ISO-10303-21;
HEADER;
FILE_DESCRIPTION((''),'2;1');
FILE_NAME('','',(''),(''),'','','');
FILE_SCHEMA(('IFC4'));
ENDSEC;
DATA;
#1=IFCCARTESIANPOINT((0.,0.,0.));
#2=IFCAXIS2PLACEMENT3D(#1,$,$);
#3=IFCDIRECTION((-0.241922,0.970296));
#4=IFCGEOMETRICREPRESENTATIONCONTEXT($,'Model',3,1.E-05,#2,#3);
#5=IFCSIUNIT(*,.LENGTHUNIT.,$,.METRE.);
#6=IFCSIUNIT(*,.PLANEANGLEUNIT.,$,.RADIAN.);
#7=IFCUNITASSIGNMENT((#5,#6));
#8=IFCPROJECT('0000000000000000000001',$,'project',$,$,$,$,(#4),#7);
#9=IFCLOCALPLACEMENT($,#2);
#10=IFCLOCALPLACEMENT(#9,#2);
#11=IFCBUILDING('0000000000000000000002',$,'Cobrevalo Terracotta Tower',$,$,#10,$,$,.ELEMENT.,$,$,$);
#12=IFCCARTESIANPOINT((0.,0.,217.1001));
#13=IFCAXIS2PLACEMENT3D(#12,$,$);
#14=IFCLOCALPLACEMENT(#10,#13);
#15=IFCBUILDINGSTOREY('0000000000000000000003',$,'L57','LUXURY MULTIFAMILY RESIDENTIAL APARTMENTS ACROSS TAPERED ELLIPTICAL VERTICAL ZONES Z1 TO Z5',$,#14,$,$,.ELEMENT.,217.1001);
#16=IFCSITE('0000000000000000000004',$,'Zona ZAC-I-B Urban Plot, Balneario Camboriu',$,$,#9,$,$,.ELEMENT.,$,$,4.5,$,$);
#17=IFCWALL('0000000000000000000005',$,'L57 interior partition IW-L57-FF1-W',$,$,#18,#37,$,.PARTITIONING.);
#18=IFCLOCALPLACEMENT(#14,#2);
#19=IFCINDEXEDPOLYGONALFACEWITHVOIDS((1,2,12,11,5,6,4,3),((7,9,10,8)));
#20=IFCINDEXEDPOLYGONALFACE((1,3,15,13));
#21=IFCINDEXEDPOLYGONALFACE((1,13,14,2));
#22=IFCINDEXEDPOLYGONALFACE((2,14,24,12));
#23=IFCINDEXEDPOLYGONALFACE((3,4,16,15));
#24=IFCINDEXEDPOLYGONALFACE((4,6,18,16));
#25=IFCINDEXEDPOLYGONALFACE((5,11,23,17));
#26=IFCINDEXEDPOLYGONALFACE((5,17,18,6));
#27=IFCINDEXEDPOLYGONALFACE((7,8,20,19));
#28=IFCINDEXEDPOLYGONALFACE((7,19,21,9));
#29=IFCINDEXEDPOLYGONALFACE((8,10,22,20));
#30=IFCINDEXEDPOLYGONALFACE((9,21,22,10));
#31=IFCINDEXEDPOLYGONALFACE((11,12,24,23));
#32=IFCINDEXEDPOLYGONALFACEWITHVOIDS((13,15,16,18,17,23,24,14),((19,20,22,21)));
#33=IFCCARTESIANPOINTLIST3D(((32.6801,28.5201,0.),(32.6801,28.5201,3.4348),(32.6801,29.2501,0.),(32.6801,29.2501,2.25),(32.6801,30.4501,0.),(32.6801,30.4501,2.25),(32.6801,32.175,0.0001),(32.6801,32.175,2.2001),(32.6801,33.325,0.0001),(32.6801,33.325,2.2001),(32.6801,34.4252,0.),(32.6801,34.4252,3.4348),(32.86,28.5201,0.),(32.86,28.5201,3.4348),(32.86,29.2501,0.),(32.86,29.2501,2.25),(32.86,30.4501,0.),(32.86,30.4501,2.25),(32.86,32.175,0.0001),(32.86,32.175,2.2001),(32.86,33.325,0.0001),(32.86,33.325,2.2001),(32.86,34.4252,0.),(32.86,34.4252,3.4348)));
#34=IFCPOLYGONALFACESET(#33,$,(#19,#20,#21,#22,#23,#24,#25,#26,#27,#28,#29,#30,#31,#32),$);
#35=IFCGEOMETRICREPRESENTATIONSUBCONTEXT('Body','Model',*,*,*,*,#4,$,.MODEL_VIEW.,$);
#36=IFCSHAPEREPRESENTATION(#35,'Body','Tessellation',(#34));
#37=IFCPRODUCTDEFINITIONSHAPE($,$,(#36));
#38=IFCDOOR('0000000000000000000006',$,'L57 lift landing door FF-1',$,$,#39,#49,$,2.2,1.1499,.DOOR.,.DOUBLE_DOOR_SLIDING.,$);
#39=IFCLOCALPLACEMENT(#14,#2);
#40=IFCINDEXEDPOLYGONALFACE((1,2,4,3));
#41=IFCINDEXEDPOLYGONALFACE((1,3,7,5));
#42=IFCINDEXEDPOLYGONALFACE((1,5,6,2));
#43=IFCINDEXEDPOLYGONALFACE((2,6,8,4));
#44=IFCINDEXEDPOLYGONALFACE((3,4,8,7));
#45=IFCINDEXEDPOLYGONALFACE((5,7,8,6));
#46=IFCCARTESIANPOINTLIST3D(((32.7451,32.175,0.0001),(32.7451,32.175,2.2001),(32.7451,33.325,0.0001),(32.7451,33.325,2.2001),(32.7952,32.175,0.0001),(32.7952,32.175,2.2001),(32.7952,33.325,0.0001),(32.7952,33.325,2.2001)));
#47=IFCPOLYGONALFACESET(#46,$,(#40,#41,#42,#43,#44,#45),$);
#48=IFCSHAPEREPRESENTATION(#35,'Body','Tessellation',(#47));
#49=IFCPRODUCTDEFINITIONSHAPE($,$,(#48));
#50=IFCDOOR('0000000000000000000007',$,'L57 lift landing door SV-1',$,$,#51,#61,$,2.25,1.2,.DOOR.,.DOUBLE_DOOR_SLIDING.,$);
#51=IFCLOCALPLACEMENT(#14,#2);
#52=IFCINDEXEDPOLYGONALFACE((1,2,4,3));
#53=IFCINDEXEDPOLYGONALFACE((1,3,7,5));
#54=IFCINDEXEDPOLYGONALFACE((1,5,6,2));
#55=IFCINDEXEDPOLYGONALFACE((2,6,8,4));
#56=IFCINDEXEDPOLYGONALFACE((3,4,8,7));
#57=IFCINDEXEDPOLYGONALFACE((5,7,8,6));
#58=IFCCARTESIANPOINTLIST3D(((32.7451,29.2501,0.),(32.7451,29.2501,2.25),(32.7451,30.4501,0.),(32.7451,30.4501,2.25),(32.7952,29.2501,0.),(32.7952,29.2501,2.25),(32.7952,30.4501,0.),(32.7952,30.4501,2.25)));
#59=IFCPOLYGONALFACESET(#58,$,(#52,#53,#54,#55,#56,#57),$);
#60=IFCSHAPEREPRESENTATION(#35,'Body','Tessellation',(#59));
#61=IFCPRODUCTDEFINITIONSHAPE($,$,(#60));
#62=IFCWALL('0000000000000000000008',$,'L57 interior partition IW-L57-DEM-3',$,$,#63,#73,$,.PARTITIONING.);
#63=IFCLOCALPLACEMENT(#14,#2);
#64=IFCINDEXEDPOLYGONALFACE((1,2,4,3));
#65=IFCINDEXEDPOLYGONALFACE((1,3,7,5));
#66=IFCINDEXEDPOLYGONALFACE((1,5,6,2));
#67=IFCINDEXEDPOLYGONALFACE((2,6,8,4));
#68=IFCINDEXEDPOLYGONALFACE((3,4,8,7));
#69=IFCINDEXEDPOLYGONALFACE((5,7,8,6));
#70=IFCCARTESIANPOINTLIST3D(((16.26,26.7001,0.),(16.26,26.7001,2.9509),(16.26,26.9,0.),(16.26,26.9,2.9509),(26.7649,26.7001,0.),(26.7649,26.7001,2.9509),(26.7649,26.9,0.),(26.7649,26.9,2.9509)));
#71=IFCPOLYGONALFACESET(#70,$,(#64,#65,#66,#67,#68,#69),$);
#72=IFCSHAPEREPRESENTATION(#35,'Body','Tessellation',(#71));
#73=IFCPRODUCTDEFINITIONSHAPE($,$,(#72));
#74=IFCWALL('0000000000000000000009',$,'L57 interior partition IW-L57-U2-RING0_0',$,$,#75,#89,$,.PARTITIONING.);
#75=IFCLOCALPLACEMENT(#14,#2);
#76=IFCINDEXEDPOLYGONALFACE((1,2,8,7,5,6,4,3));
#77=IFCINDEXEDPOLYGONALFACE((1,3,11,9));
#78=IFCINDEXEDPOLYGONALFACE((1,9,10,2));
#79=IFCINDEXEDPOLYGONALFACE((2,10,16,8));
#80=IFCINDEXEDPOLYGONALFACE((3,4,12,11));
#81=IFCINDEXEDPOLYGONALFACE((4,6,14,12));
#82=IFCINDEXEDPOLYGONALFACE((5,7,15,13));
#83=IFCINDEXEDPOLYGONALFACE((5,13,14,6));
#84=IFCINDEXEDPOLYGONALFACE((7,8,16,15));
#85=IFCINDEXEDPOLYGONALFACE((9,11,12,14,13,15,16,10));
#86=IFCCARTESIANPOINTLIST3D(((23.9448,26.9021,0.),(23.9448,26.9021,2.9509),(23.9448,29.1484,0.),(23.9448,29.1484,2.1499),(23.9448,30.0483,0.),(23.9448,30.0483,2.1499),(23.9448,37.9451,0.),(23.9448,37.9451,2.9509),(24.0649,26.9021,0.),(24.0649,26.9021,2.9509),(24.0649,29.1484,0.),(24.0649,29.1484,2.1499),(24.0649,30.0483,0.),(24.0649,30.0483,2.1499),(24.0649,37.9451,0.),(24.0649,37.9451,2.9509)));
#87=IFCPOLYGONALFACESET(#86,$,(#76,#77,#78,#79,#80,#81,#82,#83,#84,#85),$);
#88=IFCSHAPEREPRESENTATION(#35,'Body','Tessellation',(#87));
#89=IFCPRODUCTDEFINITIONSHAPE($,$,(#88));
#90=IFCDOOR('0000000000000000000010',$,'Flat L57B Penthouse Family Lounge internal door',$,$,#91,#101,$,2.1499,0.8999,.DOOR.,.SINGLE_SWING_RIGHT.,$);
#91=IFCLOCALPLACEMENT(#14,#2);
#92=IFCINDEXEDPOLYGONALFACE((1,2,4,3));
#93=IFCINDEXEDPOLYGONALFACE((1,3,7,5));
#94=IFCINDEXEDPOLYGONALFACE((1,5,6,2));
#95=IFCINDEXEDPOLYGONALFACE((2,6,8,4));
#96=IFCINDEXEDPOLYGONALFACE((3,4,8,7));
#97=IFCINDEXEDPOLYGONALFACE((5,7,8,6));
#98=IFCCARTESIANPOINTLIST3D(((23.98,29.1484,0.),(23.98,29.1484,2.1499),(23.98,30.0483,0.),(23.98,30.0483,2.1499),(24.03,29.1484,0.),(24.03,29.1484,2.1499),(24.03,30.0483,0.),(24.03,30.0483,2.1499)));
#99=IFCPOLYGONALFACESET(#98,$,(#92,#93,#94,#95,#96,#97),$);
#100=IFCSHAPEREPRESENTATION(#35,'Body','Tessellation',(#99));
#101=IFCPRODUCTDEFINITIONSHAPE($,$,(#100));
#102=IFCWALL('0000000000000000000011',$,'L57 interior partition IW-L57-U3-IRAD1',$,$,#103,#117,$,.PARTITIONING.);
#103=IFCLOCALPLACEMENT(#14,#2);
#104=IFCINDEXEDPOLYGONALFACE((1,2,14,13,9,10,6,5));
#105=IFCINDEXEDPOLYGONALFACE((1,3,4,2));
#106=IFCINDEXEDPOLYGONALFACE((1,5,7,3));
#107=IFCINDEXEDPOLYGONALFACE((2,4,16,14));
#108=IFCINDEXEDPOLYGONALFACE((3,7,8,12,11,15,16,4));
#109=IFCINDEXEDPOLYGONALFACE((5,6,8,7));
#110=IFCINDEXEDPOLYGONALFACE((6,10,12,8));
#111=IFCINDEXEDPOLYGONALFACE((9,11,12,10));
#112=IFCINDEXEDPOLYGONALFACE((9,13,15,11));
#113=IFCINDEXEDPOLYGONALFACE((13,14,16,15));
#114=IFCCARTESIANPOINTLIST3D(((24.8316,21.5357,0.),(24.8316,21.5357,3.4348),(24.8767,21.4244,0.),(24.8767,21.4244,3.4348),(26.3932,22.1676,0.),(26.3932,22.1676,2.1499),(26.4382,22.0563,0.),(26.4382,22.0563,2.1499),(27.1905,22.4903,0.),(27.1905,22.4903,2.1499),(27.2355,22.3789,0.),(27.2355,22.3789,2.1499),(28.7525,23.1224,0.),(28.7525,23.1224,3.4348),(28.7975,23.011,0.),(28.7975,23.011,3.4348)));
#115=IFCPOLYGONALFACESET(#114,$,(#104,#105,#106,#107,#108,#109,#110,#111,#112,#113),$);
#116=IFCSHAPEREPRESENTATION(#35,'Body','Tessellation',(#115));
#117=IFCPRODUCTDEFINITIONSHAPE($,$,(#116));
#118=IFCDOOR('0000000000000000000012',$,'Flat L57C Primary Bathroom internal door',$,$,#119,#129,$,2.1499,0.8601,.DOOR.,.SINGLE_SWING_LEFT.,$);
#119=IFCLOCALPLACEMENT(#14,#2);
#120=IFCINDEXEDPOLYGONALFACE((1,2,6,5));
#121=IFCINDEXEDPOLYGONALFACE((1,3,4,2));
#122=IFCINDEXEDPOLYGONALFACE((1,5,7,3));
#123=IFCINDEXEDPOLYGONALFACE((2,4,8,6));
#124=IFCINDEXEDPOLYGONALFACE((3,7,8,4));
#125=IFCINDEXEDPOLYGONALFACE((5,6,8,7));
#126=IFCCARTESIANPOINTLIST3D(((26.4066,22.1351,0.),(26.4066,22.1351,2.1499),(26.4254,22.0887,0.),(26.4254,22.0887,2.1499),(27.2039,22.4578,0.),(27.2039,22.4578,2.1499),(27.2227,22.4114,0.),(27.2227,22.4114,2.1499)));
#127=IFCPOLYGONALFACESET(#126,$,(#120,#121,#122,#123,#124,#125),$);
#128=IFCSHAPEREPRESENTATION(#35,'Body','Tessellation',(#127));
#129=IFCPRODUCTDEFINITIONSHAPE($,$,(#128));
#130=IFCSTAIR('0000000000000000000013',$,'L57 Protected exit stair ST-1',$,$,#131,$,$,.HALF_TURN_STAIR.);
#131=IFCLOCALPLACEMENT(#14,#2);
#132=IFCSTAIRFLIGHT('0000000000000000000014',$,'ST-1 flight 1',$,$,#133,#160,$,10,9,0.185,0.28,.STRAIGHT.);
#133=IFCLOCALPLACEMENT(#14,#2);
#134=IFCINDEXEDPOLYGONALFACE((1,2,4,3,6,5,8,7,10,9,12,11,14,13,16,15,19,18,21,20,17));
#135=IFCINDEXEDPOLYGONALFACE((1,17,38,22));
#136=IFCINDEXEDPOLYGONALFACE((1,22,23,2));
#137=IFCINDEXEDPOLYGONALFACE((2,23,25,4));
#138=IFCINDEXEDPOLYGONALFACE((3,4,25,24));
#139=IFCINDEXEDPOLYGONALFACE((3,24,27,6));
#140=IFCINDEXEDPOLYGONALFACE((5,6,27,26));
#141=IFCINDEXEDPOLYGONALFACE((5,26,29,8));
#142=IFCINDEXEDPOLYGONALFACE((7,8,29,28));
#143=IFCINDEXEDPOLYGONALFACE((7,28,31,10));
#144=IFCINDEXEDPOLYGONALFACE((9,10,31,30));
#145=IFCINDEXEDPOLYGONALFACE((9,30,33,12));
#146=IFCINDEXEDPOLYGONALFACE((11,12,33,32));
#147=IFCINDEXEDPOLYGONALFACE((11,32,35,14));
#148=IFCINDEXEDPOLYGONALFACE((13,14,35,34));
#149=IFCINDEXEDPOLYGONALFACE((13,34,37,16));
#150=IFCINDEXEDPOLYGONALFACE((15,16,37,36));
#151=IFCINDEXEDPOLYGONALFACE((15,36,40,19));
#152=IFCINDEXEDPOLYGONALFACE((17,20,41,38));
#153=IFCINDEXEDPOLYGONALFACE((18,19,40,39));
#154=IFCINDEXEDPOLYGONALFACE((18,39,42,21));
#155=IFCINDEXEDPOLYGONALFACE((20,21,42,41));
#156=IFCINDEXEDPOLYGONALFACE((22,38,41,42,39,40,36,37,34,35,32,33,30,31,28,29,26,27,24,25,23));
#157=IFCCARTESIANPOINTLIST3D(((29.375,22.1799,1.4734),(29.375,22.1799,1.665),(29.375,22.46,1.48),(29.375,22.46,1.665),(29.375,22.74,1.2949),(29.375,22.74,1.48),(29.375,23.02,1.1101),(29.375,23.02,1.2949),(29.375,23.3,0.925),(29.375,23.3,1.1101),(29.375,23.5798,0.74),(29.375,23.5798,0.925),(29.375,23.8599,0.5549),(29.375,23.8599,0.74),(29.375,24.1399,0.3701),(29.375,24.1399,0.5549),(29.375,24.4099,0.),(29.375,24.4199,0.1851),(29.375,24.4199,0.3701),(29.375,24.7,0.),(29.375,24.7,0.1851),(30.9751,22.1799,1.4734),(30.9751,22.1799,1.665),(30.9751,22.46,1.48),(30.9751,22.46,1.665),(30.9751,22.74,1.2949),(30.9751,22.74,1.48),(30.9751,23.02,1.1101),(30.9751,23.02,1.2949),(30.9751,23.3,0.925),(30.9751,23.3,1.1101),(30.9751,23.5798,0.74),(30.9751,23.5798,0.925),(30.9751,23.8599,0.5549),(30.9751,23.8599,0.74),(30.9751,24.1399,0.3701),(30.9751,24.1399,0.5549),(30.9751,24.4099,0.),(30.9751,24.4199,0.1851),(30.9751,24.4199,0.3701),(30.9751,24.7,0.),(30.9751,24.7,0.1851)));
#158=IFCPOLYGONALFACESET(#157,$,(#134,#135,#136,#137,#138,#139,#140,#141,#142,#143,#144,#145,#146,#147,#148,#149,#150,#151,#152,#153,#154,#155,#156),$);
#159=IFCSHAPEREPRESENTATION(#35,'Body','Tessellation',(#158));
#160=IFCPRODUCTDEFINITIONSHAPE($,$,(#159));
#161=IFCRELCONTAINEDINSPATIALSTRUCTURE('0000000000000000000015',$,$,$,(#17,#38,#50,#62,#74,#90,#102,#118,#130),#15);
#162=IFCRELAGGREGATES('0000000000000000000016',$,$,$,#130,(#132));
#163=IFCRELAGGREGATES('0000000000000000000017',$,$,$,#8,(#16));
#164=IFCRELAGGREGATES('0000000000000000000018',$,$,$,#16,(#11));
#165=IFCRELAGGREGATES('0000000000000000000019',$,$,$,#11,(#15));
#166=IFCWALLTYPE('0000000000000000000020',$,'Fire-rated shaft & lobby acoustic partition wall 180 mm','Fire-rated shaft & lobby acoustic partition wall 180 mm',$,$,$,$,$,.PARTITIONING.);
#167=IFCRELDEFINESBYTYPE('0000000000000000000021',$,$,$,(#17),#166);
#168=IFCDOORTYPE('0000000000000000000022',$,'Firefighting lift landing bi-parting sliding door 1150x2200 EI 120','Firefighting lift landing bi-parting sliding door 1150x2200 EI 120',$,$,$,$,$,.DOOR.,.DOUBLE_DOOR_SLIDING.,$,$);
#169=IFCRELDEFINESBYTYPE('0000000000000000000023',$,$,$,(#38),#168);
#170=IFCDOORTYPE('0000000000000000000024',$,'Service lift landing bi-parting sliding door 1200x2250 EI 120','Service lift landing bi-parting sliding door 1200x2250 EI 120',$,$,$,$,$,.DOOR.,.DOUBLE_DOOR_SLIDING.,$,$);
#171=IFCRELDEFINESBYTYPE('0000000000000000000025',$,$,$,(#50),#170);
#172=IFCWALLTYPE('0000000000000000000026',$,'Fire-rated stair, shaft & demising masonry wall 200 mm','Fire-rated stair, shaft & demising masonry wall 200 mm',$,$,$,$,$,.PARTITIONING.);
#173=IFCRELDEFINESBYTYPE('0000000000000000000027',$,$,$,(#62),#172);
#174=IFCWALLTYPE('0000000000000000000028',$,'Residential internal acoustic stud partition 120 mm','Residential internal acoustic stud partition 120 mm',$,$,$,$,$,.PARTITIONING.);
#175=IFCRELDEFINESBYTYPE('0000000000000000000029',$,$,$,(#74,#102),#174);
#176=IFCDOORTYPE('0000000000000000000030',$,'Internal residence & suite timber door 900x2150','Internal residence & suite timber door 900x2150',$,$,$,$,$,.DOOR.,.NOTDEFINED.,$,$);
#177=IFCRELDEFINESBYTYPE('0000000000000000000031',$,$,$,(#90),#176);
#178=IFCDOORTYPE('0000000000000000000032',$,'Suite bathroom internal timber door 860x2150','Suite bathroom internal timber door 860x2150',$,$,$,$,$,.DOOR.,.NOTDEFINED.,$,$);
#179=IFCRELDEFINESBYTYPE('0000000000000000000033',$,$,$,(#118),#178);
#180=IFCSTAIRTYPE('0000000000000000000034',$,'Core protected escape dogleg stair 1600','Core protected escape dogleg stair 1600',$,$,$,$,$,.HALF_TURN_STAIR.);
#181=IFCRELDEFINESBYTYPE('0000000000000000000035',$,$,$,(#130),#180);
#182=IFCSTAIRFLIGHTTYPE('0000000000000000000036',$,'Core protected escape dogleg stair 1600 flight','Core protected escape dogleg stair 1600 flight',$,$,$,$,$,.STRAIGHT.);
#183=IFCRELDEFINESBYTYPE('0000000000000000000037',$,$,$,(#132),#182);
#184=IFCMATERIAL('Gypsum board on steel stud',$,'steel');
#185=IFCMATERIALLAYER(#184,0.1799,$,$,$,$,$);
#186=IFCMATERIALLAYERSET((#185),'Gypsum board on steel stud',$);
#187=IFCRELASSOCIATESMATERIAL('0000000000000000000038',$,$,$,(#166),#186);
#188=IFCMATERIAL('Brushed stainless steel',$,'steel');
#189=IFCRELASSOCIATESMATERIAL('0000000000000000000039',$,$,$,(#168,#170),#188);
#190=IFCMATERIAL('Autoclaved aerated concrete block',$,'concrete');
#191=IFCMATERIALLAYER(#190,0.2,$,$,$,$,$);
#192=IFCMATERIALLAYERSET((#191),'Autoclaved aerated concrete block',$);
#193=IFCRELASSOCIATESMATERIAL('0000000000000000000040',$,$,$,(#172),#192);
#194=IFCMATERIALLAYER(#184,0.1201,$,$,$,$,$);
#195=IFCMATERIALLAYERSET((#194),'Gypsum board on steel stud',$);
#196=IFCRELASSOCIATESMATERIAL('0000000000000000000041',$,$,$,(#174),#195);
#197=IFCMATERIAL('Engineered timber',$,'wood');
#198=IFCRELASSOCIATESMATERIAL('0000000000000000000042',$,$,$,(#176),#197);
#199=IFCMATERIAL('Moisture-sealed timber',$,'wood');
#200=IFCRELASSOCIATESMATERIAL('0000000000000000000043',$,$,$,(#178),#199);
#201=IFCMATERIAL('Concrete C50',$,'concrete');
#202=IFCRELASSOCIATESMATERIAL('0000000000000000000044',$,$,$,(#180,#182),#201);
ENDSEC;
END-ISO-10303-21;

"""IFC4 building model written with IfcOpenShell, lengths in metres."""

from ifc_helpers import new_model, si_unit, direction, frame, frame_2d, origin, place, context, subcontext, project, spatial, polyline, rectangle, outline, extrude, source, transform, mapped, material, layer, layer_set, type_object, element, fill, aggregate, save


model = new_model("IFC4")

# Units and contexts
model_context = context("Model", 3, precision=1e-05, world=origin(), true_north=direction((-0.241922, 0.970296)))
body_context = subcontext(model_context, "Body", "Model", "MODEL_VIEW")
ifc_project = project(units=[si_unit("LENGTHUNIT", "METRE"), si_unit("PLANEANGLEUNIT", "RADIAN")], contexts=[model_context])

# Site, building, storey
site_placement = place(None, origin())
site = spatial("IfcSite", under=ifc_project, at=site_placement, Name="Zona ZAC-I-B Urban Plot, Balneario Camboriu", CompositionType="ELEMENT", RefElevation=4.5)
building_placement = place(site_placement, origin())
building = spatial("IfcBuilding", under=site, at=building_placement, Name="Cobrevalo Terracotta Tower", CompositionType="ELEMENT")
storey_placement = place(building_placement, frame((0.0, 0.0, 217.1001)))
storey = spatial("IfcBuildingStorey", under=building, at=storey_placement, Name="L57", Description="LUXURY MULTIFAMILY RESIDENTIAL APARTMENTS ACROSS TAPERED ELLIPTICAL VERTICAL ZONES Z1 TO Z5", CompositionType="ELEMENT", Elevation=217.1001)

# Shared definitions
ifc_material_1 = material(Name="Gypsum board on steel stud", Category="steel")

# Shared definitions
ifc_layer_1 = layer(ifc_material_1, 0.1799)
ifc_layer_set_1 = layer_set([ifc_layer_1], Name="Gypsum board on steel stud")
wall_type_1 = type_object("IfcWallType", Name="Fire-rated shaft & lobby acoustic partition wall 180 mm", Description="Fire-rated shaft & lobby acoustic partition wall 180 mm", PredefinedType="PARTITIONING", material=ifc_layer_set_1)

# Wall, openings, doors
wall_1_placement = place(storey_placement, frame((32.77, 28.52, 0.0), z_axis=(0.0, 0.0, 1.0), x_axis=(0.0, 1.0, 0.0)))
wall_1 = element("IfcWall", 1, at=wall_1_placement, inside=storey, type_object=wall_type_1, Name="L57 interior partition IW-L57-FF1-W", PredefinedType="PARTITIONING", context=body_context, shape_type="SweptSolid", body=[
    extrude(rectangle(XDim=5.905, YDim=0.1799, at=frame_2d((2.9526, 0.0))), origin(), (0.0, 0.0, 1.0), 3.4348),
])
opening_1_placement = place(wall_1_placement, frame((3.655, 0.0, 0.0)))
opening_1 = element("IfcOpeningElement", 2, at=opening_1_placement, cuts=wall_1, PredefinedType="OPENING", context=body_context, shape_type="SweptSolid", body=[
    extrude(rectangle(XDim=1.1499, YDim=2.2, at=frame_2d((0.575, 1.1001))), frame((0.0, 0.1001, 0.0), z_axis=(0.0, -1.0, 0.0), x_axis=(1.0, 0.0, 0.0)), (0.0, 0.0, 1.0), 0.2),
])
opening_2_placement = place(wall_1_placement, frame((0.73, 0.0, 0.0)))
opening_2 = element("IfcOpeningElement", 3, at=opening_2_placement, cuts=wall_1, PredefinedType="OPENING", context=body_context, shape_type="SweptSolid", body=[
    extrude(rectangle(XDim=1.2, YDim=2.25, at=frame_2d((0.6001, 1.125))), frame((0.0, 0.1001, 0.0), z_axis=(0.0, -1.0, 0.0), x_axis=(1.0, 0.0, 0.0)), (0.0, 0.0, 1.0), 0.2),
])
ifc_material_2 = material(Name="Brushed stainless steel", Category="steel")
door_type_1 = type_object("IfcDoorType", Name="Firefighting lift landing bi-parting sliding door 1150x2200 EI 120", Description="Firefighting lift landing bi-parting sliding door 1150x2200 EI 120", OperationType="DOUBLE_DOOR_SLIDING", PredefinedType="DOOR", material=ifc_material_2)
shared_shape_1 = source(origin(), body_context, "Body", "SweptSolid", [
    extrude(rectangle(XDim=1.1499, YDim=2.2, at=frame_2d((0.575, 1.1001))), frame((0.0, 0.0249, 0.0), z_axis=(0.0, -1.0, 0.0), x_axis=(1.0, 0.0, 0.0)), (0.0, 0.0, 1.0), 0.05),
])
door_1_placement = place(opening_1_placement, origin())
door_1 = element("IfcDoor", 4, at=door_1_placement, inside=storey, type_object=door_type_1, Name="L57 lift landing door FF-1", OperationType="DOUBLE_DOOR_SLIDING", OverallHeight=2.2, OverallWidth=1.1499, PredefinedType="DOOR", context=body_context, shape_type="MappedRepresentation", body=[
    mapped(shared_shape_1, transform((0.0, 0.0, 0.0), scale=1.0)),
])
fill(opening_1, door_1)
door_type_2 = type_object("IfcDoorType", Name="Service lift landing bi-parting sliding door 1200x2250 EI 120", Description="Service lift landing bi-parting sliding door 1200x2250 EI 120", OperationType="DOUBLE_DOOR_SLIDING", PredefinedType="DOOR", material=ifc_material_2)
shared_shape_2 = source(origin(), body_context, "Body", "SweptSolid", [
    extrude(rectangle(XDim=1.2, YDim=2.25, at=frame_2d((0.6001, 1.125))), frame((0.0, 0.0249, 0.0), z_axis=(0.0, -1.0, 0.0), x_axis=(1.0, 0.0, 0.0)), (0.0, 0.0, 1.0), 0.05),
])
door_2_placement = place(opening_2_placement, origin())
door_2 = element("IfcDoor", 5, at=door_2_placement, inside=storey, type_object=door_type_2, Name="L57 lift landing door SV-1", OperationType="DOUBLE_DOOR_SLIDING", OverallHeight=2.25, OverallWidth=1.2, PredefinedType="DOOR", context=body_context, shape_type="MappedRepresentation", body=[
    mapped(shared_shape_2, transform((0.0, 0.0, 0.0), scale=1.0)),
])
fill(opening_2, door_2)

# Wall
ifc_material_3 = material(Name="Autoclaved aerated concrete block", Category="concrete")
ifc_layer_2 = layer(ifc_material_3, 0.2)
ifc_layer_set_2 = layer_set([ifc_layer_2], Name="Autoclaved aerated concrete block")
wall_type_2 = type_object("IfcWallType", Name="Fire-rated stair, shaft & demising masonry wall 200 mm", Description="Fire-rated stair, shaft & demising masonry wall 200 mm", PredefinedType="PARTITIONING", material=ifc_layer_set_2)
wall_2_placement = place(storey_placement, frame((26.7649, 26.8, 0.0), z_axis=(0.0, 0.0, 1.0), x_axis=(-1.0, 0.0, 0.0)))
element("IfcWall", 6, at=wall_2_placement, inside=storey, type_object=wall_type_2, Name="L57 interior partition IW-L57-DEM-3", PredefinedType="PARTITIONING", context=body_context, shape_type="SweptSolid", body=[
    extrude(rectangle(XDim=10.5049, YDim=0.2, at=frame_2d((5.2524, 0.0))), origin(), (0.0, 0.0, 1.0), 2.9509),
])

# Walls, openings, doors
ifc_layer_3 = layer(ifc_material_1, 0.1201)
ifc_layer_set_3 = layer_set([ifc_layer_3], Name="Gypsum board on steel stud")
wall_type_3 = type_object("IfcWallType", Name="Residential internal acoustic stud partition 120 mm", Description="Residential internal acoustic stud partition 120 mm", PredefinedType="PARTITIONING", material=ifc_layer_set_3)
wall_3_placement = place(storey_placement, frame((24.0049, 26.9021, 0.0), z_axis=(0.0, 0.0, 1.0), x_axis=(0.0, 1.0, 0.0)))
wall_3 = element("IfcWall", 7, at=wall_3_placement, inside=storey, type_object=wall_type_3, Name="L57 interior partition IW-L57-U2-RING0_0", PredefinedType="PARTITIONING", context=body_context, shape_type="SweptSolid", body=[
    extrude(rectangle(XDim=11.043, YDim=0.1201, at=frame_2d((5.5215, 0.0))), origin(), (0.0, 0.0, 1.0), 2.9509),
])
opening_3_placement = place(wall_3_placement, frame((2.2463, 0.0, 0.0)))
opening_3 = element("IfcOpeningElement", 8, at=opening_3_placement, cuts=wall_3, PredefinedType="OPENING", context=body_context, shape_type="SweptSolid", body=[
    extrude(rectangle(XDim=0.8999, YDim=2.1499, at=frame_2d((0.45, 1.075))), frame((0.0, 0.0701, 0.0), z_axis=(0.0, -1.0, 0.0), x_axis=(1.0, 0.0, 0.0)), (0.0, 0.0, 1.0), 0.1401),
])
ifc_material_4 = material(Name="Engineered timber", Category="wood")
door_type_3 = type_object("IfcDoorType", Name="Internal residence & suite timber door 900x2150", Description="Internal residence & suite timber door 900x2150", OperationType="NOTDEFINED", PredefinedType="DOOR", material=ifc_material_4)
shared_shape_3 = source(origin(), body_context, "Body", "SweptSolid", [
    extrude(rectangle(XDim=0.8999, YDim=2.1499, at=frame_2d((0.45, 1.075))), frame((0.0, 0.0249, 0.0), z_axis=(0.0, -1.0, 0.0), x_axis=(1.0, 0.0, 0.0)), (0.0, 0.0, 1.0), 0.05),
])
door_3_placement = place(opening_3_placement, origin())
door_3 = element("IfcDoor", 9, at=door_3_placement, inside=storey, type_object=door_type_3, Name="Flat L57B Penthouse Family Lounge internal door", OperationType="SINGLE_SWING_RIGHT", OverallHeight=2.1499, OverallWidth=0.8999, PredefinedType="DOOR", context=body_context, shape_type="MappedRepresentation", body=[
    mapped(shared_shape_3, transform((0.0, 0.0, 0.0), scale=1.0)),
])
fill(opening_3, door_3)
wall_4_placement = place(storey_placement, frame((28.7749, 23.0667, 0.0), z_axis=(0.0, 0.0, 1.0), x_axis=(-0.926976, -0.37512, 0.0)))
wall_4 = element("IfcWall", 10, at=wall_4_placement, inside=storey, type_object=wall_type_3, Name="L57 interior partition IW-L57-U3-IRAD1", PredefinedType="PARTITIONING", context=body_context, shape_type="SweptSolid", body=[
    extrude(rectangle(XDim=4.2297, YDim=0.1201, at=frame_2d((2.1147, 0.0))), origin(), (0.0, 0.0, 1.0), 3.4348),
])
opening_4_placement = place(wall_4_placement, frame((1.6848, 0.0, 0.0)))
opening_4 = element("IfcOpeningElement", 11, at=opening_4_placement, cuts=wall_4, PredefinedType="OPENING", context=body_context, shape_type="SweptSolid", body=[
    extrude(rectangle(XDim=0.8601, YDim=2.1499, at=frame_2d((0.4302, 1.075))), frame((0.0, 0.0701, 0.0), z_axis=(0.0, -1.0, 0.0), x_axis=(1.0, 0.0, 0.0)), (0.0, 0.0, 1.0), 0.1401),
])
ifc_material_5 = material(Name="Moisture-sealed timber", Category="wood")
door_type_4 = type_object("IfcDoorType", Name="Suite bathroom internal timber door 860x2150", Description="Suite bathroom internal timber door 860x2150", OperationType="NOTDEFINED", PredefinedType="DOOR", material=ifc_material_5)
shared_shape_4 = source(origin(), body_context, "Body", "SweptSolid", [
    extrude(rectangle(XDim=0.8601, YDim=2.1499, at=frame_2d((0.4302, 1.075))), frame((0.0, 0.0249, 0.0), z_axis=(0.0, -1.0, 0.0), x_axis=(1.0, 0.0, 0.0)), (0.0, 0.0, 1.0), 0.05),
])
door_4_placement = place(opening_4_placement, frame((0.8601, 0.0, 0.0), z_axis=(0.0, 0.0, 1.0), x_axis=(-1.0, 0.0, 0.0)))
door_4 = element("IfcDoor", 12, at=door_4_placement, inside=storey, type_object=door_type_4, Name="Flat L57C Primary Bathroom internal door", OperationType="SINGLE_SWING_LEFT", OverallHeight=2.1499, OverallWidth=0.8601, PredefinedType="DOOR", context=body_context, shape_type="MappedRepresentation", body=[
    mapped(shared_shape_4, transform((0.0, 0.0, 0.0), scale=1.0)),
])
fill(opening_4, door_4)
ifc_material_6 = material(Name="Concrete C50", Category="concrete")

# Stair, stair flight
stair_type = type_object("IfcStairType", Name="Core protected escape dogleg stair 1600", Description="Core protected escape dogleg stair 1600", PredefinedType="HALF_TURN_STAIR", material=ifc_material_6)
stair_placement = place(storey_placement, origin())
stair = element("IfcStair", 13, at=stair_placement, inside=storey, type_object=stair_type, Name="L57 Protected exit stair ST-1", PredefinedType="HALF_TURN_STAIR")
stair_flight_type = type_object("IfcStairFlightType", Name="Core protected escape dogleg stair 1600 flight", Description="Core protected escape dogleg stair 1600 flight", PredefinedType="STRAIGHT", material=ifc_material_6)
stair_flight_placement = place(storey_placement, frame((30.175, 24.7, 0.0), z_axis=(0.0, 0.0, 1.0), x_axis=(0.0, -1.0, 0.0)))
stair_flight = element("IfcStairFlight", 14, at=stair_flight_placement, type_object=stair_flight_type, Name="ST-1 flight 1", NumberOfRisers=10, NumberOfTreads=9, PredefinedType="STRAIGHT", RiserHeight=0.185, TreadLength=0.28, context=body_context, shape_type="SweptSolid", body=[
    extrude(outline(polyline([(0.0, 0.0), (0.0, 0.1851), (0.28, 0.1851), (0.28, 0.3701), (0.5601, 0.3701), (0.5601, 0.5549), (0.8401, 0.5549), (0.8401, 0.74), (1.1201, 0.74), (1.1201, 0.925), (1.3999, 0.925), (1.3999, 1.1101), (1.6799, 1.1101), (1.6799, 1.2949), (1.96, 1.2949), (1.96, 1.48), (2.24, 1.48), (2.24, 1.665), (2.52, 1.665), (2.52, 1.8501), (2.52, 1.4734), (0.29, 0.0), (0.0, 0.0)])), frame((0.0, 0.8, 0.0), z_axis=(0.0, -1.0, 0.0), x_axis=(1.0, 0.0, 0.0)), (0.0, 0.0, 1.0), 1.6001),
])
aggregate(stair, [stair_flight])

save(model, "model.ifc")
